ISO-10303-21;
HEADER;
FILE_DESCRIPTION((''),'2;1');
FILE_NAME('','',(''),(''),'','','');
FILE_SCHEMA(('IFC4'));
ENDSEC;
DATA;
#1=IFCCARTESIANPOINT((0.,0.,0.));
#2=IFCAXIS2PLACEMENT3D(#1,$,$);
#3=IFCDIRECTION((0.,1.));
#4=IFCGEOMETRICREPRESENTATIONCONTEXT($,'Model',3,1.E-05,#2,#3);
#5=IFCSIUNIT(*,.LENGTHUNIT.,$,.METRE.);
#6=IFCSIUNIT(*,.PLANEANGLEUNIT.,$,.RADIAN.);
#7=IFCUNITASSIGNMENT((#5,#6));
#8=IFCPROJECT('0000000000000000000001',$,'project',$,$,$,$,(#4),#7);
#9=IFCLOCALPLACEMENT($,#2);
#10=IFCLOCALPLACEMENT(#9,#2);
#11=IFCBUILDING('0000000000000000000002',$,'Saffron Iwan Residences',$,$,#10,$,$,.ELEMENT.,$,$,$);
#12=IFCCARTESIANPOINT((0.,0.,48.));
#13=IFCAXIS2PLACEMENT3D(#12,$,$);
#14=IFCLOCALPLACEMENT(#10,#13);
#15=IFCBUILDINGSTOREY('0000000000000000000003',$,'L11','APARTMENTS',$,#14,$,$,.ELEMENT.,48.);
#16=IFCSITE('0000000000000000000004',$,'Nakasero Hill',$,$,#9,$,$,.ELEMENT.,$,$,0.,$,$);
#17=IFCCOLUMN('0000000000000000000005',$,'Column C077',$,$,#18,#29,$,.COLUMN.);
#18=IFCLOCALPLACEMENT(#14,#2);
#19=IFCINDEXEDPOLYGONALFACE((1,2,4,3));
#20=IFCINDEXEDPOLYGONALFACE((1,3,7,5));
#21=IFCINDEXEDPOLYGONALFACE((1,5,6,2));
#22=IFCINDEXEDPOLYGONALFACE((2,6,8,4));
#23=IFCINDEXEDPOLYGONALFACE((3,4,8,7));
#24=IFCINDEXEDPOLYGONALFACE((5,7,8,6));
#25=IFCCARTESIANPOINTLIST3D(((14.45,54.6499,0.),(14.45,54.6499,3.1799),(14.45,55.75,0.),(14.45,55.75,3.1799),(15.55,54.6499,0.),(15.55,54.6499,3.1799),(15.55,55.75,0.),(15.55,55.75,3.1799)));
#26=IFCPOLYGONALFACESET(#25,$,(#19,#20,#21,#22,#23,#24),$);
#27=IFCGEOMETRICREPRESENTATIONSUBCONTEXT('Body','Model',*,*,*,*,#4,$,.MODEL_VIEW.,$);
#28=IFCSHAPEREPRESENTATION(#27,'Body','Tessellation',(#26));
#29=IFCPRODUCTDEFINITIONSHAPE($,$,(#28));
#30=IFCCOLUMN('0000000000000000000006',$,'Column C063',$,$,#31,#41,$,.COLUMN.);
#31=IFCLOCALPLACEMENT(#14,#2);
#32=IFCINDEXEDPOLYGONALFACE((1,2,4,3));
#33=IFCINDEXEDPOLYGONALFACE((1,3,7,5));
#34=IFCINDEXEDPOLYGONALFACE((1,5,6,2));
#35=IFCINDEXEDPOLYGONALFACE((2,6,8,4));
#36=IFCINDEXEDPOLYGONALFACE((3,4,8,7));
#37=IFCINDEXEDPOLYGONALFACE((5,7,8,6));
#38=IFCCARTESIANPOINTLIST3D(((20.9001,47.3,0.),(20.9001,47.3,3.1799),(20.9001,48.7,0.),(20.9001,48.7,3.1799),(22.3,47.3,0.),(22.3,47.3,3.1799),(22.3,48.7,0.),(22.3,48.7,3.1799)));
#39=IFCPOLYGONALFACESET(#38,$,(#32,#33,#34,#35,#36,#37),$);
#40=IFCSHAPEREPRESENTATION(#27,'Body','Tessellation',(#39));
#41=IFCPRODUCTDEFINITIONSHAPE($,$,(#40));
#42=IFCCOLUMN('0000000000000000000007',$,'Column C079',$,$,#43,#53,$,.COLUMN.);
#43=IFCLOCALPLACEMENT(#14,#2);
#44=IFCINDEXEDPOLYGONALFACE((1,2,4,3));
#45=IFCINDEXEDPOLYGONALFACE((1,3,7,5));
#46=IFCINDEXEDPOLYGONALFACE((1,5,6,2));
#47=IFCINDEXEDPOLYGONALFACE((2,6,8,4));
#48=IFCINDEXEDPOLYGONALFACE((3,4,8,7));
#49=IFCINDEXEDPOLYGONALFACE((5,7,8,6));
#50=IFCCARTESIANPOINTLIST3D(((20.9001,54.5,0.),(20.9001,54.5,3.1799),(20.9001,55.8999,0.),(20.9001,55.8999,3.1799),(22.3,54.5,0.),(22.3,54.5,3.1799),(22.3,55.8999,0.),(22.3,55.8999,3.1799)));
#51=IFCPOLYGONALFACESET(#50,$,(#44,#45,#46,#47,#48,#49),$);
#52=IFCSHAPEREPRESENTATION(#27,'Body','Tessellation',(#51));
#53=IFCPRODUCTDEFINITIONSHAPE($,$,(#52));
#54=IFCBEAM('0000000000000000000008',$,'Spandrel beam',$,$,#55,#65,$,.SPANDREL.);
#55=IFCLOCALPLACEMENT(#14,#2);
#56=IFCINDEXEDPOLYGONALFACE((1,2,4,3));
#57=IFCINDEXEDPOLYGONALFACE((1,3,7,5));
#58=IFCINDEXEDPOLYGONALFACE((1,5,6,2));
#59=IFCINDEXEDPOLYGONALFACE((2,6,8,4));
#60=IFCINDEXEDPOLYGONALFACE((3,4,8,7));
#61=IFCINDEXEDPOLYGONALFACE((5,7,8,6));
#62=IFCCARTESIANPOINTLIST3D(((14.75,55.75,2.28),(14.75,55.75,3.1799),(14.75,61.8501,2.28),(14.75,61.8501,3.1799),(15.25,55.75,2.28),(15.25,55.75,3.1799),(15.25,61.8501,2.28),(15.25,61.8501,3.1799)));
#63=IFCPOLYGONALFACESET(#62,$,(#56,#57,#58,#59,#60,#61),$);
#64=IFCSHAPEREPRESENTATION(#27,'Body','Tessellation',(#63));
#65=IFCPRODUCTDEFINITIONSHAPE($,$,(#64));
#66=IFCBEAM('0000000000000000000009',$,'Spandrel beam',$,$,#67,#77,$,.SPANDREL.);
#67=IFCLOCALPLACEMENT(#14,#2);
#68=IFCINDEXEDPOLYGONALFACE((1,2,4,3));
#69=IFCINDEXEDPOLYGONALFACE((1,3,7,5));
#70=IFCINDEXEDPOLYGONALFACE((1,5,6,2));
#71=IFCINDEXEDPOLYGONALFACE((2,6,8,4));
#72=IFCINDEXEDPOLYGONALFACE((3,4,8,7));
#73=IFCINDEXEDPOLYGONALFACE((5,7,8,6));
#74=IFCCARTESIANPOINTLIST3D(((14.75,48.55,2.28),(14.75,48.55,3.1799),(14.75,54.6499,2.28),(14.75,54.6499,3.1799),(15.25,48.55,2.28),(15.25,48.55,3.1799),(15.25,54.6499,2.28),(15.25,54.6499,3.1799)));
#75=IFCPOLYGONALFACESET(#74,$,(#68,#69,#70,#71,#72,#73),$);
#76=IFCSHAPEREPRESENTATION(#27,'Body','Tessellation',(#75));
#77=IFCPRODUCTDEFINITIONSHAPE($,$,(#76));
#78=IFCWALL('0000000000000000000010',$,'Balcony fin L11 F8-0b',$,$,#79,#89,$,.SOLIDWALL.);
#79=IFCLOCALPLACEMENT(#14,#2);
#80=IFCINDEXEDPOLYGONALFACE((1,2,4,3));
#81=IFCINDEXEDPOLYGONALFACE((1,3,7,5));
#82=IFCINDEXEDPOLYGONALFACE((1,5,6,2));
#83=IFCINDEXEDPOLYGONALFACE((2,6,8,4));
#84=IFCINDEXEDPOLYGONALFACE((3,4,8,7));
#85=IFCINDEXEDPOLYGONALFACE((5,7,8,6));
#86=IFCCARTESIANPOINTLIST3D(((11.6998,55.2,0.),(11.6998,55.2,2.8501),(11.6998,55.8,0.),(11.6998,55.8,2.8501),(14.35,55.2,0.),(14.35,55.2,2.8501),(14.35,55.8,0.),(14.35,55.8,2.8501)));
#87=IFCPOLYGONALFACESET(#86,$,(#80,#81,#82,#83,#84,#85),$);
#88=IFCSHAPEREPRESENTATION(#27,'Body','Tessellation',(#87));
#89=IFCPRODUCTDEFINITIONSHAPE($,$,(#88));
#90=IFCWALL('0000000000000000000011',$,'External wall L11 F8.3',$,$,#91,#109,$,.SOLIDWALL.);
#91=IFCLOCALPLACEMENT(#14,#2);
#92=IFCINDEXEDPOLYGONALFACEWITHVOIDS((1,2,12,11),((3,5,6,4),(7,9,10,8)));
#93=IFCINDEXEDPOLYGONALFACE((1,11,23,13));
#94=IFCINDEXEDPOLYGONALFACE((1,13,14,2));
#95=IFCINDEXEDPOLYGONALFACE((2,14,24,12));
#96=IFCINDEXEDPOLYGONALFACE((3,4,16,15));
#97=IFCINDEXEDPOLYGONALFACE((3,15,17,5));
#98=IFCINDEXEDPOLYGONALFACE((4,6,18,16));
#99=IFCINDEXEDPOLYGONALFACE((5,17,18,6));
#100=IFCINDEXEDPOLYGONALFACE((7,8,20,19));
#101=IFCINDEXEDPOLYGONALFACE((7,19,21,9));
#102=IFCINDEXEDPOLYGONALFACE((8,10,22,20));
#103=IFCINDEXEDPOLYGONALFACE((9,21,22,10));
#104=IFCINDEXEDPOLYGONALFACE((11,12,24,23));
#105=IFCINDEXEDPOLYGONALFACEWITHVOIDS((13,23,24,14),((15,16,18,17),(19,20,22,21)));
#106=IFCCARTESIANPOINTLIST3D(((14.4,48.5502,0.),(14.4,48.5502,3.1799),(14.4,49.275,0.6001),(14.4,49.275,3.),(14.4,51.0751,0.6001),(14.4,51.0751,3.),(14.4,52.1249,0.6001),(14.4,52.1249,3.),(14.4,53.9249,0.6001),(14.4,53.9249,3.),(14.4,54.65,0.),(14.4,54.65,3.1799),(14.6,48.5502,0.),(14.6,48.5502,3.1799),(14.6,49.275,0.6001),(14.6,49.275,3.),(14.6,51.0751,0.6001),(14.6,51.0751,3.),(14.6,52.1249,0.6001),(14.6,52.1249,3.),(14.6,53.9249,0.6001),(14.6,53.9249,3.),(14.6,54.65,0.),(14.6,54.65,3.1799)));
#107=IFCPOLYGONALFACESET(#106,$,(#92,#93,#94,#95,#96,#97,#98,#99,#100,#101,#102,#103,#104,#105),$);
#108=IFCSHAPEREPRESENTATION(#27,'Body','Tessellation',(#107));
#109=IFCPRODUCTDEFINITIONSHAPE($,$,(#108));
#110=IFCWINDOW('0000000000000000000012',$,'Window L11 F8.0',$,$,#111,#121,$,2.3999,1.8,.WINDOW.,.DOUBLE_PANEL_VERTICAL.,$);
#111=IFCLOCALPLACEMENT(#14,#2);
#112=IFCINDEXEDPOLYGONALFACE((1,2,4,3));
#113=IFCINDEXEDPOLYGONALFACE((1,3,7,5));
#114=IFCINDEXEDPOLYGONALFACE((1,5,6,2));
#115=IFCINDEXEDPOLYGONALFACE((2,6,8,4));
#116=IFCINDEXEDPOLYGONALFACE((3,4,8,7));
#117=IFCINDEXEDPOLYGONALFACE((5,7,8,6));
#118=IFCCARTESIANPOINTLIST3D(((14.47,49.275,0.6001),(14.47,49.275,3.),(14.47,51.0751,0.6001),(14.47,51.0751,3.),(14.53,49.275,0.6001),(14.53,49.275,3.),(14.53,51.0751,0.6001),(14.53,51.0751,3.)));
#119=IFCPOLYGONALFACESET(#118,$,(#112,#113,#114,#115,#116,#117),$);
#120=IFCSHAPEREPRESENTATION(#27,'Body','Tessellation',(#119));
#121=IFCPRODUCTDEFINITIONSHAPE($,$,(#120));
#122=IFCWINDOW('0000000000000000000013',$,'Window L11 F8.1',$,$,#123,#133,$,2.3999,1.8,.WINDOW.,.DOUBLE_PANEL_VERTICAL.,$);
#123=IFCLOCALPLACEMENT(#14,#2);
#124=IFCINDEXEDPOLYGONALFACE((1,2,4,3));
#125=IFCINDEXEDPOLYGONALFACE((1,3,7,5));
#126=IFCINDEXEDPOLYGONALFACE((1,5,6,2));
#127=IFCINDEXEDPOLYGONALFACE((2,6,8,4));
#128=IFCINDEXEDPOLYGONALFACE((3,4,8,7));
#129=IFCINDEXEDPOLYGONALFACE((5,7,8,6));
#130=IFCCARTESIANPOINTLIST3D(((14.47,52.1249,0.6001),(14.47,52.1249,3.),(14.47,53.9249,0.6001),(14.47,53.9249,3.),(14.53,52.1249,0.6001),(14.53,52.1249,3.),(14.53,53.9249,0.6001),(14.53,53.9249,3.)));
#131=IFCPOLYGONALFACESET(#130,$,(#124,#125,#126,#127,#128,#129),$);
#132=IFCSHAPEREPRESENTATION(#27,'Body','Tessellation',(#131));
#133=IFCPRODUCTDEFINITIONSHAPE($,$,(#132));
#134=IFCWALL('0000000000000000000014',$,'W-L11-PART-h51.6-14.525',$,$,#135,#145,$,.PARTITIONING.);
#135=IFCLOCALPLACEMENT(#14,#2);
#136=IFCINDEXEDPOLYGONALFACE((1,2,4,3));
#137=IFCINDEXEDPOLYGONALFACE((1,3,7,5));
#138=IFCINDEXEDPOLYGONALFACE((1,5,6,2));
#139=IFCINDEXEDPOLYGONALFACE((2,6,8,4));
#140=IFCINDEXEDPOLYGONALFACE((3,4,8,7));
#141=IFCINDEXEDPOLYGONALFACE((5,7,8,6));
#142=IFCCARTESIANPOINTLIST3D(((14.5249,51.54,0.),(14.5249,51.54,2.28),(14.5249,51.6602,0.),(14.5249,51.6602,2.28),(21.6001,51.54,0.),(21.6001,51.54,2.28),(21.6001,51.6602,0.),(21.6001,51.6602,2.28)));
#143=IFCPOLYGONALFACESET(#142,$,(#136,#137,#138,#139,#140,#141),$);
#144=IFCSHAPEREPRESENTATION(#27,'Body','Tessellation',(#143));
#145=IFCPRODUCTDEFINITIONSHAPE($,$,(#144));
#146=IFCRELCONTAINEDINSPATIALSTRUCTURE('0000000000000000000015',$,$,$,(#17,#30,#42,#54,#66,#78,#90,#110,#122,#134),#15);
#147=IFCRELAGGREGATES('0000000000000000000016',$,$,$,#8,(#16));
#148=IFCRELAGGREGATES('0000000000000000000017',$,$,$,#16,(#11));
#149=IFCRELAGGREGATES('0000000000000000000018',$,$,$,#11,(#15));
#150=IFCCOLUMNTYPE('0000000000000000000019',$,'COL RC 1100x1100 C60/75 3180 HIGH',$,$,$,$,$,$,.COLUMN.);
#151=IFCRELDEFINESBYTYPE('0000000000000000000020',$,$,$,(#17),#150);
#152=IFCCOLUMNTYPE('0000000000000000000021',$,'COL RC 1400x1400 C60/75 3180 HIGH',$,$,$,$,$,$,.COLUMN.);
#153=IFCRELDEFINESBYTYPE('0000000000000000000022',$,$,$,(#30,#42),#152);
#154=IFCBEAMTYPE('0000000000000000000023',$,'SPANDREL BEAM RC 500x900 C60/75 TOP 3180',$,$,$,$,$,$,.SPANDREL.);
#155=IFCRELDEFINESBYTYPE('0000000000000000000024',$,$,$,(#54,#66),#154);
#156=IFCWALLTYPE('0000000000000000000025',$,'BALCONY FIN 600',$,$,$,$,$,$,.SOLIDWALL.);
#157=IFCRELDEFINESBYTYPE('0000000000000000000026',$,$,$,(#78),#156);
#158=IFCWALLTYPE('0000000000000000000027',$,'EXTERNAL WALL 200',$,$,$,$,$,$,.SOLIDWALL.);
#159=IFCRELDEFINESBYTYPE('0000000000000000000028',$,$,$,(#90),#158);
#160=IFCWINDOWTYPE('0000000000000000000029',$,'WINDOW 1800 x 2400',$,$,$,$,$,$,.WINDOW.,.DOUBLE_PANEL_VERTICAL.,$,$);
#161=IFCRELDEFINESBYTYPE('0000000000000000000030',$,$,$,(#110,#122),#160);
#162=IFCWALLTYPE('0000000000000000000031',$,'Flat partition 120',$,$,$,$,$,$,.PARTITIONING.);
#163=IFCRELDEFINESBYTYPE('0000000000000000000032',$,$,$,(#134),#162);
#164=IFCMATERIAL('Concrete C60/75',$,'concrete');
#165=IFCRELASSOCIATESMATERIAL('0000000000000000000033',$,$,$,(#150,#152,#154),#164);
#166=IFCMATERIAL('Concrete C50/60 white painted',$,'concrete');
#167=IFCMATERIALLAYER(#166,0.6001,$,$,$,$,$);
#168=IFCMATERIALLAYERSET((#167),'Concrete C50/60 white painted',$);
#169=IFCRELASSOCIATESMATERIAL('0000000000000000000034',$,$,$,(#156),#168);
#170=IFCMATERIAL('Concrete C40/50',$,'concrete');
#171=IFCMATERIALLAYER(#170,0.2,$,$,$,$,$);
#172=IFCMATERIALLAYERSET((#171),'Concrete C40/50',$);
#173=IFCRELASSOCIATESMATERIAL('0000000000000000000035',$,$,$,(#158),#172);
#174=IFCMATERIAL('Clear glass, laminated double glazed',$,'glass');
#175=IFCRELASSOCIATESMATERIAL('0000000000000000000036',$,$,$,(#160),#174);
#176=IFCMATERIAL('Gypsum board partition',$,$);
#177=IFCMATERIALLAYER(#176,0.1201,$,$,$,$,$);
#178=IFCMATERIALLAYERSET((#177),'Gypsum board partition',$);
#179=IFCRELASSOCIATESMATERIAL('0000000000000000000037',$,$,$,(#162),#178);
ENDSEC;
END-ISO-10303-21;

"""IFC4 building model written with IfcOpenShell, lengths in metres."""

from ifc_helpers import new_model, si_unit, direction, frame, frame_2d, origin, origin_2d, place, context, subcontext, project, spatial, rectangle, extrude, source, transform, mapped, material, layer, layer_set, material_profile, profile_set, type_object, element, fill, save


model = new_model("IFC4")

# Units and contexts
model_context = context("Model", 3, precision=1e-05, world=origin(), true_north=direction((0.0, 1.0)))
body_context = subcontext(model_context, "Body", "Model", "MODEL_VIEW")
ifc_project = project(units=[si_unit("LENGTHUNIT", "METRE"), si_unit("PLANEANGLEUNIT", "RADIAN")], contexts=[model_context])

# Site, building, storey
site_placement = place(None, origin())
site = spatial("IfcSite", under=ifc_project, at=site_placement, Name="Nakasero Hill", CompositionType="ELEMENT", RefElevation=0.0)
building_placement = place(site_placement, origin())
building = spatial("IfcBuilding", under=site, at=building_placement, Name="Saffron Iwan Residences", CompositionType="ELEMENT")
storey_placement = place(building_placement, frame((0.0, 0.0, 48.0)))
storey = spatial("IfcBuildingStorey", under=building, at=storey_placement, Name="L11", Description="APARTMENTS", CompositionType="ELEMENT", Elevation=48.0)

# Columns
ifc_material_1 = material(Name="Concrete C60/75", Category="concrete")
ifc_material_profile_1 = material_profile(ifc_material_1, rectangle(XDim=1.1001, YDim=1.1001, at=origin_2d()), Name="RC 1100x1100")
ifc_profile_set_1 = profile_set([ifc_material_profile_1], Name="Concrete C60/75")
column_type_1 = type_object("IfcColumnType", Name="COL RC 1100x1100 C60/75 3180 HIGH", PredefinedType="COLUMN", material=ifc_profile_set_1)
shared_shape_1 = source(origin(), body_context, "Body", "SweptSolid", [
    extrude(rectangle(XDim=1.1001, YDim=1.1001, at=origin_2d()), origin(), (0.0, 0.0, 1.0), 3.1799),
])
column_placement = place(storey_placement, frame((15.0, 55.2, 0.0), z_axis=(0.0, 0.0, 1.0), x_axis=(1.0, 0.0, 0.0)))
element("IfcColumn", 1, at=column_placement, inside=storey, type_object=column_type_1, Name="Column C077", PredefinedType="COLUMN", context=body_context, shape_type="MappedRepresentation", body=[
    mapped(shared_shape_1, transform((0.0, 0.0, 0.0))),
])
ifc_material_profile_2 = material_profile(ifc_material_1, rectangle(XDim=1.3999, YDim=1.3999, at=origin_2d()), Name="RC 1400x1400")
ifc_profile_set_2 = profile_set([ifc_material_profile_2], Name="Concrete C60/75")
column_type_2 = type_object("IfcColumnType", Name="COL RC 1400x1400 C60/75 3180 HIGH", PredefinedType="COLUMN", material=ifc_profile_set_2)
shared_shape_2 = source(origin(), body_context, "Body", "SweptSolid", [
    extrude(rectangle(XDim=1.3999, YDim=1.3999, at=origin_2d()), origin(), (0.0, 0.0, 1.0), 3.1799),
])
for number, where, z_axis, x_axis, name in (
    (2, (21.6001, 48.0, 0.0), (0.0, 0.0, 1.0), (1.0, 0.0, 0.0), "Column C063"),
    (3, (21.6001, 55.2, 0.0), (0.0, 0.0, 1.0), (1.0, 0.0, 0.0), "Column C079"),
):
    element("IfcColumn", number, at=place(storey_placement, frame(where, z_axis=z_axis, x_axis=x_axis)), inside=storey, type_object=column_type_2, Name=name, PredefinedType="COLUMN", context=body_context, shape_type="MappedRepresentation", body=[
        mapped(shared_shape_2, transform((0.0, 0.0, 0.0))),
    ])

# Beams
ifc_material_profile_3 = material_profile(ifc_material_1, rectangle(XDim=0.5, YDim=0.8999, at=origin_2d()), Name="RC 500x900")
ifc_profile_set_3 = profile_set([ifc_material_profile_3], Name="Concrete C60/75")
beam_type = type_object("IfcBeamType", Name="SPANDREL BEAM RC 500x900 C60/75 TOP 3180", PredefinedType="SPANDREL", material=ifc_profile_set_3)
shared_shape_3 = source(origin(), body_context, "Body", "SweptSolid", [
    extrude(rectangle(XDim=0.5, YDim=0.8999, at=origin_2d()), origin(), (0.0, 0.0, 1.0), 6.1001),
])
beam_1_placement = place(storey_placement, frame((15.0, 55.75, 2.73), z_axis=(0.0, 1.0, 0.0), x_axis=(-1.0, 0.0, 0.0)))
element("IfcBeam", 4, at=beam_1_placement, inside=storey, type_object=beam_type, Name="Spandrel beam", PredefinedType="SPANDREL", context=body_context, shape_type="MappedRepresentation", body=[
    mapped(shared_shape_3, transform((0.0, 0.0, 0.0))),
])
shared_shape_4 = source(origin(), body_context, "Body", "SweptSolid", [
    extrude(rectangle(XDim=0.5, YDim=0.8999, at=origin_2d()), origin(), (0.0, 0.0, 1.0), 6.0999),
])
beam_2_placement = place(storey_placement, frame((15.0, 48.55, 2.73), z_axis=(0.0, 1.0, 0.0), x_axis=(-1.0, 0.0, 0.0)))
element("IfcBeam", 5, at=beam_2_placement, inside=storey, type_object=beam_type, Name="Spandrel beam", PredefinedType="SPANDREL", context=body_context, shape_type="MappedRepresentation", body=[
    mapped(shared_shape_4, transform((0.0, 0.0, 0.0))),
])

# Wall
ifc_material_2 = material(Name="Concrete C50/60 white painted", Category="concrete")
ifc_layer_1 = layer(ifc_material_2, 0.6001)
ifc_layer_set_1 = layer_set([ifc_layer_1], Name="Concrete C50/60 white painted")
wall_type_1 = type_object("IfcWallType", Name="BALCONY FIN 600", PredefinedType="SOLIDWALL", material=ifc_layer_set_1)
wall_1_placement = place(storey_placement, frame((14.3501, 55.5, 0.0), z_axis=(0.0, 0.0, 1.0), x_axis=(-1.0, 0.0, 0.0)))
element("IfcWall", 6, at=wall_1_placement, inside=storey, type_object=wall_type_1, Name="Balcony fin L11 F8-0b", PredefinedType="SOLIDWALL", context=body_context, shape_type="SweptSolid", body=[
    extrude(rectangle(XDim=2.6501, YDim=0.6001, at=frame_2d((1.3252, 0.0))), origin(), (0.0, 0.0, 1.0), 2.8501),
])

# Wall, openings, windows
ifc_material_3 = material(Name="Concrete C40/50", Category="concrete")
ifc_layer_2 = layer(ifc_material_3, 0.2)
ifc_layer_set_2 = layer_set([ifc_layer_2], Name="Concrete C40/50")
wall_type_2 = type_object("IfcWallType", Name="EXTERNAL WALL 200", PredefinedType="SOLIDWALL", material=ifc_layer_set_2)
wall_2_placement = place(storey_placement, frame((14.5, 54.6499, 0.0), z_axis=(0.0, 0.0, 1.0), x_axis=(0.0, -1.0, 0.0)))
wall_2 = element("IfcWall", 7, at=wall_2_placement, inside=storey, type_object=wall_type_2, Name="External wall L11 F8.3", PredefinedType="SOLIDWALL", context=body_context, shape_type="SweptSolid", body=[
    extrude(rectangle(XDim=6.0999, YDim=0.2, at=frame_2d((3.0498, 0.0))), origin(), (0.0, 0.0, 1.0), 3.1799),
])
opening_1_placement = place(wall_2_placement, frame((3.575, 0.0, 0.6001)))
opening_1 = element("IfcOpeningElement", 8, at=opening_1_placement, cuts=wall_2, PredefinedType="OPENING", context=body_context, shape_type="SweptSolid", body=[
    extrude(rectangle(XDim=1.8, YDim=2.3999, at=frame_2d((0.8999, 1.2))), frame((0.0, 0.1099, 0.0), z_axis=(0.0, -1.0, 0.0), x_axis=(1.0, 0.0, 0.0)), (0.0, 0.0, 1.0), 0.22),
])
opening_2_placement = place(wall_2_placement, frame((0.7251, 0.0, 0.6001)))
opening_2 = element("IfcOpeningElement", 9, at=opening_2_placement, cuts=wall_2, PredefinedType="OPENING", context=body_context, shape_type="SweptSolid", body=[
    extrude(rectangle(XDim=1.8, YDim=2.3999, at=frame_2d((0.8999, 1.2))), frame((0.0, 0.1099, 0.0), z_axis=(0.0, -1.0, 0.0), x_axis=(1.0, 0.0, 0.0)), (0.0, 0.0, 1.0), 0.22),
])
ifc_material_4 = material(Name="Clear glass, laminated double glazed", Category="glass")
window_type = type_object("IfcWindowType", Name="WINDOW 1800 x 2400", PartitioningType="DOUBLE_PANEL_VERTICAL", PredefinedType="WINDOW", material=ifc_material_4)
window_1_placement = place(opening_1_placement, origin())
window_1 = element("IfcWindow", 10, at=window_1_placement, inside=storey, type_object=window_type, Name="Window L11 F8.0", OverallHeight=2.3999, OverallWidth=1.8, PartitioningType="DOUBLE_PANEL_VERTICAL", PredefinedType="WINDOW", context=body_context, shape_type="SweptSolid", body=[
    extrude(rectangle(XDim=1.8, YDim=2.3999, at=frame_2d((0.8999, 1.2))), frame((0.0, 0.03, 0.0), z_axis=(0.0, -1.0, 0.0), x_axis=(1.0, 0.0, 0.0)), (0.0, 0.0, 1.0), 0.0601),
])
fill(opening_1, window_1)
window_2_placement = place(opening_2_placement, origin())
window_2 = element("IfcWindow", 11, at=window_2_placement, inside=storey, type_object=window_type, Name="Window L11 F8.1", OverallHeight=2.3999, OverallWidth=1.8, PartitioningType="DOUBLE_PANEL_VERTICAL", PredefinedType="WINDOW", context=body_context, shape_type="SweptSolid", body=[
    extrude(rectangle(XDim=1.8, YDim=2.3999, at=frame_2d((0.8999, 1.2))), frame((0.0, 0.03, 0.0), z_axis=(0.0, -1.0, 0.0), x_axis=(1.0, 0.0, 0.0)), (0.0, 0.0, 1.0), 0.0601),
])
fill(opening_2, window_2)

# Wall
ifc_material_5 = material(Name="Gypsum board partition")
ifc_layer_3 = layer(ifc_material_5, 0.1201)
ifc_layer_set_3 = layer_set([ifc_layer_3], Name="Gypsum board partition")
wall_type_3 = type_object("IfcWallType", Name="Flat partition 120", PredefinedType="PARTITIONING", material=ifc_layer_set_3)
wall_3_placement = place(storey_placement, frame((14.5249, 51.6001, 0.0), z_axis=(0.0, 0.0, 1.0), x_axis=(1.0, 0.0, 0.0)))
element("IfcWall", 12, at=wall_3_placement, inside=storey, type_object=wall_type_3, Name="W-L11-PART-h51.6-14.525", PredefinedType="PARTITIONING", context=body_context, shape_type="SweptSolid", body=[
    extrude(rectangle(XDim=7.0752, YDim=0.1201, at=frame_2d((3.5376, 0.0))), origin(), (0.0, 0.0, 1.0), 2.28),
])

save(model, "model.ifc")
